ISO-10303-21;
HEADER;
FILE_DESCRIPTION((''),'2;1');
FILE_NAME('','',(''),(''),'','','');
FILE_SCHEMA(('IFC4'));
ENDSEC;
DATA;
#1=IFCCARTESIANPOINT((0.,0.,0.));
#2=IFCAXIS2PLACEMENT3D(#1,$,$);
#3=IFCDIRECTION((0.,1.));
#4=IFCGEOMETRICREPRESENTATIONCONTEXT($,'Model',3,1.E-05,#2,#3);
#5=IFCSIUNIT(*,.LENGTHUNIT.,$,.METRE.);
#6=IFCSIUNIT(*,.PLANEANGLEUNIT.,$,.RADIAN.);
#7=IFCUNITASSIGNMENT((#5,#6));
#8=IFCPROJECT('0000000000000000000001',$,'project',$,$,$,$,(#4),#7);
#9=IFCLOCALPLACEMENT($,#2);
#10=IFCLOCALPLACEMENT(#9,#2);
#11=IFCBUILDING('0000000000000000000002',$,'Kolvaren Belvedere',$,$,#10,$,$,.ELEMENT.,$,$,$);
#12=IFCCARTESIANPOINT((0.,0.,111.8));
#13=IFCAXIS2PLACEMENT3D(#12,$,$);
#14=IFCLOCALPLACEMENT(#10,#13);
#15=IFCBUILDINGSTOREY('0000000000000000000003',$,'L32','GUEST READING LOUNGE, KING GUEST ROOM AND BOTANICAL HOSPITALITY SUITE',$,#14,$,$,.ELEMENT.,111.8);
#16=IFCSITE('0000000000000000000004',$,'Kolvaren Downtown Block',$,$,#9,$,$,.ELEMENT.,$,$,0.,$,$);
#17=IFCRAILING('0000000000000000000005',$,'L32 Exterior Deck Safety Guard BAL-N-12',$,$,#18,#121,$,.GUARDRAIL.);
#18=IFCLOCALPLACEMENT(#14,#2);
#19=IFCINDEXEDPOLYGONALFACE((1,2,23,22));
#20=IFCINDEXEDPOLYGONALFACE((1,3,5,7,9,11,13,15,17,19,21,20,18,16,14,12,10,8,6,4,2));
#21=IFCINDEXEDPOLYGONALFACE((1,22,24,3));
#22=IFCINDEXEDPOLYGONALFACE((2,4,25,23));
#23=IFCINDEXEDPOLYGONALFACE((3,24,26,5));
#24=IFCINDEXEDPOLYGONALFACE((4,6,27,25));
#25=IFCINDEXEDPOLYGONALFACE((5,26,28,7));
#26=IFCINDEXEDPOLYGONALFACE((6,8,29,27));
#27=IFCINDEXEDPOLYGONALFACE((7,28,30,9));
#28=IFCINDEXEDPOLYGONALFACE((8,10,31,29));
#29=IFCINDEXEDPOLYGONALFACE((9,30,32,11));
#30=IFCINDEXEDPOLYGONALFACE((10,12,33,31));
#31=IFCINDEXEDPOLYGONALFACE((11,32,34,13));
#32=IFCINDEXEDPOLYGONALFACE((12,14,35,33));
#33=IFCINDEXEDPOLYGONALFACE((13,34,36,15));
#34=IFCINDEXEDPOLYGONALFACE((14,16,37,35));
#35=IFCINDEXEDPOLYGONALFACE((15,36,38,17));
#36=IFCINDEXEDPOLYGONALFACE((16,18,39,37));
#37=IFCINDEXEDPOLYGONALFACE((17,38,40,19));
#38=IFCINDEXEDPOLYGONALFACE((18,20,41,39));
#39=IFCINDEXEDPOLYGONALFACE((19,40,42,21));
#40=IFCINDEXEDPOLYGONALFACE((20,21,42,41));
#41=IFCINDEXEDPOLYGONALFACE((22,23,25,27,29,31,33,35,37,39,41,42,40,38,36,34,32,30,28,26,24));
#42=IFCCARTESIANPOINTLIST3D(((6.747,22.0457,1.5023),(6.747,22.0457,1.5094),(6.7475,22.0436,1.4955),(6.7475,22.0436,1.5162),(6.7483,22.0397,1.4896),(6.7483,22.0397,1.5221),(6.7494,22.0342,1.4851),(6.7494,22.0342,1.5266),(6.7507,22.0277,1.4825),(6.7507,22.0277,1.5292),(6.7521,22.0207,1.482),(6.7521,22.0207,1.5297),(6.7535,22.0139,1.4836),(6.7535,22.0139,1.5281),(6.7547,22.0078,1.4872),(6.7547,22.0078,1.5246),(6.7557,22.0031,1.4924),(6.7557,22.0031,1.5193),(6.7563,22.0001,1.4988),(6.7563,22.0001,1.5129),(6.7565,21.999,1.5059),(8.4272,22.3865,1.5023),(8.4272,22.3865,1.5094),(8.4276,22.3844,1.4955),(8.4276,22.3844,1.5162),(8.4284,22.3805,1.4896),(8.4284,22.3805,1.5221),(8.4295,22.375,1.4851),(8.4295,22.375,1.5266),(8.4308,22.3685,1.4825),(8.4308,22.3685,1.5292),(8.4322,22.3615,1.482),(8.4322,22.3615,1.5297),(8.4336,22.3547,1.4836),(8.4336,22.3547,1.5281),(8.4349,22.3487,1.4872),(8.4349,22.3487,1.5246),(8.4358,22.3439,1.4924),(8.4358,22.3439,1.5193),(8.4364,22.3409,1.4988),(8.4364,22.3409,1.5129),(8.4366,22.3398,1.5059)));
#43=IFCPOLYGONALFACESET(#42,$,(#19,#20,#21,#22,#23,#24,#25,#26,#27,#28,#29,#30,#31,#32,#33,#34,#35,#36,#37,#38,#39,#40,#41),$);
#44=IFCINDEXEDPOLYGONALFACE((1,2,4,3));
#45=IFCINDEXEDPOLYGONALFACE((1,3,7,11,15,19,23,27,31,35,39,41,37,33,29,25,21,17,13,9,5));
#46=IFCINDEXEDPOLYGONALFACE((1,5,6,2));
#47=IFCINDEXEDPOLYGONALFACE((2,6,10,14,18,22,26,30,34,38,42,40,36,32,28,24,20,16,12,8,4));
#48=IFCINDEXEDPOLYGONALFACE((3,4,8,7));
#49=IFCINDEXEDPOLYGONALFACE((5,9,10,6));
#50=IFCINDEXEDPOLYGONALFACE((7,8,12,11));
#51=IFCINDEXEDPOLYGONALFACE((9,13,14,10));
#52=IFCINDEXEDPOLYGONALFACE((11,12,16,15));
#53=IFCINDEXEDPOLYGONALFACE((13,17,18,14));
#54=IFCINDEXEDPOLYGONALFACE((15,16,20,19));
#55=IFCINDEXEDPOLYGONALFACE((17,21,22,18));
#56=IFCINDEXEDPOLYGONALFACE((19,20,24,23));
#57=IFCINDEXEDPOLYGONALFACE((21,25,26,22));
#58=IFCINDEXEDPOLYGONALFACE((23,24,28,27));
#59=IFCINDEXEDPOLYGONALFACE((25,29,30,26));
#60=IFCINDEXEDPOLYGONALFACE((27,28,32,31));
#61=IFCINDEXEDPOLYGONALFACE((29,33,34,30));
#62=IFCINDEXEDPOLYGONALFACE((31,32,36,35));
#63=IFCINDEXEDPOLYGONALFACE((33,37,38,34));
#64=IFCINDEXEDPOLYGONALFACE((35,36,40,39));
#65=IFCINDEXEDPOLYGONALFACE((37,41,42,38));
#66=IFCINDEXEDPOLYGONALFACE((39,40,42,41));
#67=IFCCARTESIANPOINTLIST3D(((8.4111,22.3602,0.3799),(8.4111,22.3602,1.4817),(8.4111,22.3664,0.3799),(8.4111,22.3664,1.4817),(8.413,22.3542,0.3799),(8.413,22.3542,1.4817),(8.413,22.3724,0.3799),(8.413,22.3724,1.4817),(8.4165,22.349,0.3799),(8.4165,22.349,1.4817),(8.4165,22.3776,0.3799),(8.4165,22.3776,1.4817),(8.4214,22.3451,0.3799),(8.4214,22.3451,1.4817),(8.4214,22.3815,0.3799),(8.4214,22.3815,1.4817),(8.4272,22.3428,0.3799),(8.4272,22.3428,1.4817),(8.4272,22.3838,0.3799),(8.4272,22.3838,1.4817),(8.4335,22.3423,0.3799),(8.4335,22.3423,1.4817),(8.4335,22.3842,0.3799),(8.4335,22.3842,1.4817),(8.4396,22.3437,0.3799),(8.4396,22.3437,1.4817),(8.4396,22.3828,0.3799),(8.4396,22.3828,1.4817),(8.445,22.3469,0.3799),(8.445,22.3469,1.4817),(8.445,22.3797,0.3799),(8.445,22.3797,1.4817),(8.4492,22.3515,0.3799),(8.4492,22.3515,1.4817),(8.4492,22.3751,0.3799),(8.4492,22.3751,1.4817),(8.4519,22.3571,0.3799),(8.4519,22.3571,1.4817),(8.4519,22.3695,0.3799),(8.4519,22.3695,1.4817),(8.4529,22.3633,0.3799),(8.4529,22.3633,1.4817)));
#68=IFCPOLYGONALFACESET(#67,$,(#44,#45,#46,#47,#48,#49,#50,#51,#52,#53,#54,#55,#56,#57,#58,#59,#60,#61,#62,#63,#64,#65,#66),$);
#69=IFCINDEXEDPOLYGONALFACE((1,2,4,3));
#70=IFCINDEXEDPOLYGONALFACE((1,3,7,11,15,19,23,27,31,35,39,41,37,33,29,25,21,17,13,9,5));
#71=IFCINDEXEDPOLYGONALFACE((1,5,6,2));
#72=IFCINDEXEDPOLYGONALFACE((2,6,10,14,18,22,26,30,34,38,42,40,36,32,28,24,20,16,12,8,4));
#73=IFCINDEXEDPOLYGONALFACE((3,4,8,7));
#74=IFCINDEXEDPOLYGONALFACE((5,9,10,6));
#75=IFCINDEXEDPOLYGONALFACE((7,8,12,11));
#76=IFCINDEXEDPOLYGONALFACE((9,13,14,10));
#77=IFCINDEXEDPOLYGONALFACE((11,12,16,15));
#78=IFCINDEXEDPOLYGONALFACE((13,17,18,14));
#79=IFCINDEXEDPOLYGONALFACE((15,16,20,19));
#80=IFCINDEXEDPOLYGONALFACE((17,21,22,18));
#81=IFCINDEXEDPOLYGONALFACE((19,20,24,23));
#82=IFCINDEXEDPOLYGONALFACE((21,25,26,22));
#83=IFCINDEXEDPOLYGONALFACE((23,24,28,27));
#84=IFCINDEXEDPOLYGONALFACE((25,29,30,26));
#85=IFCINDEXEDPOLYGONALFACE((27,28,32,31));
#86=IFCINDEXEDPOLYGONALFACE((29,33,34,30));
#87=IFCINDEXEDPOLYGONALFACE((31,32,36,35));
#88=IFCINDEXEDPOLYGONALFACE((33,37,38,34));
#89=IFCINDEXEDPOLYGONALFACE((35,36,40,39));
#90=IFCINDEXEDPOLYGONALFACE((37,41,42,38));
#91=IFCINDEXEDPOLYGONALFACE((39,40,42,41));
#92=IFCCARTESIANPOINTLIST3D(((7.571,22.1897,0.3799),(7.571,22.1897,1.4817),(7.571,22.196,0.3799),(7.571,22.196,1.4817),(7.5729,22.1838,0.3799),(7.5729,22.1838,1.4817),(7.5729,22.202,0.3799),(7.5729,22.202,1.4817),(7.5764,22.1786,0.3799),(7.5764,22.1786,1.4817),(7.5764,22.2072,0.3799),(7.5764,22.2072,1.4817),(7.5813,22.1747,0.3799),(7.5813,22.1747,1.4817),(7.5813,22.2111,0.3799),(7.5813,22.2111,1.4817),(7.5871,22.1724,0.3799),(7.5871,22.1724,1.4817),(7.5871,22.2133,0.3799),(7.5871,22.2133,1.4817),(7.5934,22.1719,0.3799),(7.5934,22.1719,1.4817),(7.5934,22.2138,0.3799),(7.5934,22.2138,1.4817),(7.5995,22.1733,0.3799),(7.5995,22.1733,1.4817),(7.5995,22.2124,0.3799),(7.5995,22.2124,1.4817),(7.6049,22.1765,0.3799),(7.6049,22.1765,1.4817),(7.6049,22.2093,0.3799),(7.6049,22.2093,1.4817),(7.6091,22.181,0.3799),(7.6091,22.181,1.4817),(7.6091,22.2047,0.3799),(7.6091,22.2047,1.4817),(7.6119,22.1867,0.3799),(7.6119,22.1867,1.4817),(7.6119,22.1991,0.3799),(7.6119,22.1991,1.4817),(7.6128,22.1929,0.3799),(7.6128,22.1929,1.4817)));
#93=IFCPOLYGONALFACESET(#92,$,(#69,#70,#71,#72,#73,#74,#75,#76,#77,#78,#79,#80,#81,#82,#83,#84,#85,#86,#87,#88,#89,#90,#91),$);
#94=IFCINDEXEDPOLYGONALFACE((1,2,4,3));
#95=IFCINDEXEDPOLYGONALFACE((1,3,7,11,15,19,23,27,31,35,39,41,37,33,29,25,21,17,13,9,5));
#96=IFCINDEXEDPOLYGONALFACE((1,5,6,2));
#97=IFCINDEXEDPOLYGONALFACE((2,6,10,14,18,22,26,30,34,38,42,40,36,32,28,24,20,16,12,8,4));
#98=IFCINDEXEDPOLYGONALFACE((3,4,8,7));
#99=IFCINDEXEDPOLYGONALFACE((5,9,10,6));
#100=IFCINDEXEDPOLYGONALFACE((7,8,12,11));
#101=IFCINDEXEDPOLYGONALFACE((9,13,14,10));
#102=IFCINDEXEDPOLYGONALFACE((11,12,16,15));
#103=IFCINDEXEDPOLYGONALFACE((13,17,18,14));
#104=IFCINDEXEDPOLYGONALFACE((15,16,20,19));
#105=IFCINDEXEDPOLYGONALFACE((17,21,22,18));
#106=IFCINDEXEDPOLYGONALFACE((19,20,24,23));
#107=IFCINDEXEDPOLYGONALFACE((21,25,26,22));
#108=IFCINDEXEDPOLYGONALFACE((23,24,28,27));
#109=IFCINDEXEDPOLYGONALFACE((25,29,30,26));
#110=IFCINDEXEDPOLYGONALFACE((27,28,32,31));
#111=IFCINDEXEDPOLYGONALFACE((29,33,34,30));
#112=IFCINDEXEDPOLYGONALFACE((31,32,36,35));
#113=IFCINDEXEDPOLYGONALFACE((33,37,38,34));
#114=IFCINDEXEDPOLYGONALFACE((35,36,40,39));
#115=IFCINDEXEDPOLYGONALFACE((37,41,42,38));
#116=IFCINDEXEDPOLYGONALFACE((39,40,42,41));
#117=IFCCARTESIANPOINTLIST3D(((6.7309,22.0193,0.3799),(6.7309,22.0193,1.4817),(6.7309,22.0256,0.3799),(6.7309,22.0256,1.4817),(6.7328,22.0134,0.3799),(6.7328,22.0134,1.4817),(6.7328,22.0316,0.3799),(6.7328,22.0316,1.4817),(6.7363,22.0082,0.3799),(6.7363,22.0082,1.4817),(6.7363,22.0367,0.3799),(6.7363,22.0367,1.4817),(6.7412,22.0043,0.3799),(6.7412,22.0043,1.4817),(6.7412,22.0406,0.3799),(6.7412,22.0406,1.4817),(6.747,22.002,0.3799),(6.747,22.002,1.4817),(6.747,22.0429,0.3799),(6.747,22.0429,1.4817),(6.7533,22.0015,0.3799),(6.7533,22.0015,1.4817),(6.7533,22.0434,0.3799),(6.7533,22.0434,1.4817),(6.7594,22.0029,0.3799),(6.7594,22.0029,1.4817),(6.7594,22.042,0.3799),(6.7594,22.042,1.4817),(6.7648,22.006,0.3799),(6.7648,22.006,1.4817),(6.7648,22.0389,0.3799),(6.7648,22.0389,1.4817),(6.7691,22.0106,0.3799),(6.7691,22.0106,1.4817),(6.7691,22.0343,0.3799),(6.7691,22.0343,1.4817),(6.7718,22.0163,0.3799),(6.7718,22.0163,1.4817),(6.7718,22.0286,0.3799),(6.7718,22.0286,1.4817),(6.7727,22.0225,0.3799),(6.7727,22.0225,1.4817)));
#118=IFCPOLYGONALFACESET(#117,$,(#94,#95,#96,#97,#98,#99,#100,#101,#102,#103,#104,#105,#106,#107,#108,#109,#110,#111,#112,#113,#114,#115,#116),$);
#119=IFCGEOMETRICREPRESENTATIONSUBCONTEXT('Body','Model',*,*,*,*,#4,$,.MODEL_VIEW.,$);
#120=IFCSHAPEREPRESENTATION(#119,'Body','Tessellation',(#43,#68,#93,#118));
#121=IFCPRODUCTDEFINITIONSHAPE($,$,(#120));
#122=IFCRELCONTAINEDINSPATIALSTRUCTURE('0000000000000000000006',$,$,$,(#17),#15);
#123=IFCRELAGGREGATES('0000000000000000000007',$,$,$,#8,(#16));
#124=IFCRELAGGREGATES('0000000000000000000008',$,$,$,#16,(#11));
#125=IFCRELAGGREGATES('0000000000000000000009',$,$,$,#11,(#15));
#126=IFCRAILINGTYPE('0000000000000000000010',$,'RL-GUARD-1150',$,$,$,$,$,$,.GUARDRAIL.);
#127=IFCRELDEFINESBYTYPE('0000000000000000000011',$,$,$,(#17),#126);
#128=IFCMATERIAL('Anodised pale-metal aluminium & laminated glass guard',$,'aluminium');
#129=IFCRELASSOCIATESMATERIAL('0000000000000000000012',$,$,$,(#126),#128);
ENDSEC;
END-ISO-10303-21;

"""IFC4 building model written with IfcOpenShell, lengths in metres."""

from ifc_helpers import new_model, si_unit, direction, frame, origin, origin_2d, place, context, subcontext, project, spatial, circle, extrude, material, type_object, element, save


model = new_model("IFC4")

# Units and contexts
model_context = context("Model", 3, precision=1e-05, world=origin(), true_north=direction((0.0, 1.0)))
body_context = subcontext(model_context, "Body", "Model", "MODEL_VIEW")
ifc_project = project(units=[si_unit("LENGTHUNIT", "METRE"), si_unit("PLANEANGLEUNIT", "RADIAN")], contexts=[model_context])

# Site, building, storey
site_placement = place(None, origin())
site = spatial("IfcSite", under=ifc_project, at=site_placement, Name="Kolvaren Downtown Block", CompositionType="ELEMENT", RefElevation=0.0)
building_placement = place(site_placement, origin())
building = spatial("IfcBuilding", under=site, at=building_placement, Name="Kolvaren Belvedere", CompositionType="ELEMENT")
storey_placement = place(building_placement, frame((0.0, 0.0, 111.8)))
storey = spatial("IfcBuildingStorey", under=building, at=storey_placement, Name="L32", Description="GUEST READING LOUNGE, KING GUEST ROOM AND BOTANICAL HOSPITALITY SUITE", CompositionType="ELEMENT", Elevation=111.8)

# Railing
ifc_material_1 = material(Name="Anodised pale-metal aluminium & laminated glass guard", Category="aluminium")
railing_type = type_object("IfcRailingType", Name="RL-GUARD-1150", PredefinedType="GUARDRAIL", material=ifc_material_1)
railing_1_placement = place(storey_placement, frame((8.4319, 22.3633, 0.3799)))
element("IfcRailing", 1, at=railing_1_placement, inside=storey, type_object=railing_type, Name="L32 Exterior Deck Safety Guard BAL-N-12", PredefinedType="GUARDRAIL", context=body_context, shape_type="SweptSolid", body=[
    extrude(circle(Radius=0.0239, at=origin_2d()), frame((0.0, 0.0, 1.126), z_axis=(-0.98004, -0.198799, 0.0), x_axis=(0.198799, -0.98004, 0.0)), (0.0, 0.0, 1.0), 1.7144),
    extrude(circle(Radius=0.021, at=origin_2d()), origin(), (0.0, 0.0, 1.0), 1.1018),
    extrude(circle(Radius=0.021, at=origin_2d()), frame((-0.8401, -0.1704, 0.0)), (0.0, 0.0, 1.0), 1.1018),
    extrude(circle(Radius=0.021, at=origin_2d()), frame((-1.6802, -0.3408, 0.0)), (0.0, 0.0, 1.0), 1.1018),
])

save(model, "model.ifc")
